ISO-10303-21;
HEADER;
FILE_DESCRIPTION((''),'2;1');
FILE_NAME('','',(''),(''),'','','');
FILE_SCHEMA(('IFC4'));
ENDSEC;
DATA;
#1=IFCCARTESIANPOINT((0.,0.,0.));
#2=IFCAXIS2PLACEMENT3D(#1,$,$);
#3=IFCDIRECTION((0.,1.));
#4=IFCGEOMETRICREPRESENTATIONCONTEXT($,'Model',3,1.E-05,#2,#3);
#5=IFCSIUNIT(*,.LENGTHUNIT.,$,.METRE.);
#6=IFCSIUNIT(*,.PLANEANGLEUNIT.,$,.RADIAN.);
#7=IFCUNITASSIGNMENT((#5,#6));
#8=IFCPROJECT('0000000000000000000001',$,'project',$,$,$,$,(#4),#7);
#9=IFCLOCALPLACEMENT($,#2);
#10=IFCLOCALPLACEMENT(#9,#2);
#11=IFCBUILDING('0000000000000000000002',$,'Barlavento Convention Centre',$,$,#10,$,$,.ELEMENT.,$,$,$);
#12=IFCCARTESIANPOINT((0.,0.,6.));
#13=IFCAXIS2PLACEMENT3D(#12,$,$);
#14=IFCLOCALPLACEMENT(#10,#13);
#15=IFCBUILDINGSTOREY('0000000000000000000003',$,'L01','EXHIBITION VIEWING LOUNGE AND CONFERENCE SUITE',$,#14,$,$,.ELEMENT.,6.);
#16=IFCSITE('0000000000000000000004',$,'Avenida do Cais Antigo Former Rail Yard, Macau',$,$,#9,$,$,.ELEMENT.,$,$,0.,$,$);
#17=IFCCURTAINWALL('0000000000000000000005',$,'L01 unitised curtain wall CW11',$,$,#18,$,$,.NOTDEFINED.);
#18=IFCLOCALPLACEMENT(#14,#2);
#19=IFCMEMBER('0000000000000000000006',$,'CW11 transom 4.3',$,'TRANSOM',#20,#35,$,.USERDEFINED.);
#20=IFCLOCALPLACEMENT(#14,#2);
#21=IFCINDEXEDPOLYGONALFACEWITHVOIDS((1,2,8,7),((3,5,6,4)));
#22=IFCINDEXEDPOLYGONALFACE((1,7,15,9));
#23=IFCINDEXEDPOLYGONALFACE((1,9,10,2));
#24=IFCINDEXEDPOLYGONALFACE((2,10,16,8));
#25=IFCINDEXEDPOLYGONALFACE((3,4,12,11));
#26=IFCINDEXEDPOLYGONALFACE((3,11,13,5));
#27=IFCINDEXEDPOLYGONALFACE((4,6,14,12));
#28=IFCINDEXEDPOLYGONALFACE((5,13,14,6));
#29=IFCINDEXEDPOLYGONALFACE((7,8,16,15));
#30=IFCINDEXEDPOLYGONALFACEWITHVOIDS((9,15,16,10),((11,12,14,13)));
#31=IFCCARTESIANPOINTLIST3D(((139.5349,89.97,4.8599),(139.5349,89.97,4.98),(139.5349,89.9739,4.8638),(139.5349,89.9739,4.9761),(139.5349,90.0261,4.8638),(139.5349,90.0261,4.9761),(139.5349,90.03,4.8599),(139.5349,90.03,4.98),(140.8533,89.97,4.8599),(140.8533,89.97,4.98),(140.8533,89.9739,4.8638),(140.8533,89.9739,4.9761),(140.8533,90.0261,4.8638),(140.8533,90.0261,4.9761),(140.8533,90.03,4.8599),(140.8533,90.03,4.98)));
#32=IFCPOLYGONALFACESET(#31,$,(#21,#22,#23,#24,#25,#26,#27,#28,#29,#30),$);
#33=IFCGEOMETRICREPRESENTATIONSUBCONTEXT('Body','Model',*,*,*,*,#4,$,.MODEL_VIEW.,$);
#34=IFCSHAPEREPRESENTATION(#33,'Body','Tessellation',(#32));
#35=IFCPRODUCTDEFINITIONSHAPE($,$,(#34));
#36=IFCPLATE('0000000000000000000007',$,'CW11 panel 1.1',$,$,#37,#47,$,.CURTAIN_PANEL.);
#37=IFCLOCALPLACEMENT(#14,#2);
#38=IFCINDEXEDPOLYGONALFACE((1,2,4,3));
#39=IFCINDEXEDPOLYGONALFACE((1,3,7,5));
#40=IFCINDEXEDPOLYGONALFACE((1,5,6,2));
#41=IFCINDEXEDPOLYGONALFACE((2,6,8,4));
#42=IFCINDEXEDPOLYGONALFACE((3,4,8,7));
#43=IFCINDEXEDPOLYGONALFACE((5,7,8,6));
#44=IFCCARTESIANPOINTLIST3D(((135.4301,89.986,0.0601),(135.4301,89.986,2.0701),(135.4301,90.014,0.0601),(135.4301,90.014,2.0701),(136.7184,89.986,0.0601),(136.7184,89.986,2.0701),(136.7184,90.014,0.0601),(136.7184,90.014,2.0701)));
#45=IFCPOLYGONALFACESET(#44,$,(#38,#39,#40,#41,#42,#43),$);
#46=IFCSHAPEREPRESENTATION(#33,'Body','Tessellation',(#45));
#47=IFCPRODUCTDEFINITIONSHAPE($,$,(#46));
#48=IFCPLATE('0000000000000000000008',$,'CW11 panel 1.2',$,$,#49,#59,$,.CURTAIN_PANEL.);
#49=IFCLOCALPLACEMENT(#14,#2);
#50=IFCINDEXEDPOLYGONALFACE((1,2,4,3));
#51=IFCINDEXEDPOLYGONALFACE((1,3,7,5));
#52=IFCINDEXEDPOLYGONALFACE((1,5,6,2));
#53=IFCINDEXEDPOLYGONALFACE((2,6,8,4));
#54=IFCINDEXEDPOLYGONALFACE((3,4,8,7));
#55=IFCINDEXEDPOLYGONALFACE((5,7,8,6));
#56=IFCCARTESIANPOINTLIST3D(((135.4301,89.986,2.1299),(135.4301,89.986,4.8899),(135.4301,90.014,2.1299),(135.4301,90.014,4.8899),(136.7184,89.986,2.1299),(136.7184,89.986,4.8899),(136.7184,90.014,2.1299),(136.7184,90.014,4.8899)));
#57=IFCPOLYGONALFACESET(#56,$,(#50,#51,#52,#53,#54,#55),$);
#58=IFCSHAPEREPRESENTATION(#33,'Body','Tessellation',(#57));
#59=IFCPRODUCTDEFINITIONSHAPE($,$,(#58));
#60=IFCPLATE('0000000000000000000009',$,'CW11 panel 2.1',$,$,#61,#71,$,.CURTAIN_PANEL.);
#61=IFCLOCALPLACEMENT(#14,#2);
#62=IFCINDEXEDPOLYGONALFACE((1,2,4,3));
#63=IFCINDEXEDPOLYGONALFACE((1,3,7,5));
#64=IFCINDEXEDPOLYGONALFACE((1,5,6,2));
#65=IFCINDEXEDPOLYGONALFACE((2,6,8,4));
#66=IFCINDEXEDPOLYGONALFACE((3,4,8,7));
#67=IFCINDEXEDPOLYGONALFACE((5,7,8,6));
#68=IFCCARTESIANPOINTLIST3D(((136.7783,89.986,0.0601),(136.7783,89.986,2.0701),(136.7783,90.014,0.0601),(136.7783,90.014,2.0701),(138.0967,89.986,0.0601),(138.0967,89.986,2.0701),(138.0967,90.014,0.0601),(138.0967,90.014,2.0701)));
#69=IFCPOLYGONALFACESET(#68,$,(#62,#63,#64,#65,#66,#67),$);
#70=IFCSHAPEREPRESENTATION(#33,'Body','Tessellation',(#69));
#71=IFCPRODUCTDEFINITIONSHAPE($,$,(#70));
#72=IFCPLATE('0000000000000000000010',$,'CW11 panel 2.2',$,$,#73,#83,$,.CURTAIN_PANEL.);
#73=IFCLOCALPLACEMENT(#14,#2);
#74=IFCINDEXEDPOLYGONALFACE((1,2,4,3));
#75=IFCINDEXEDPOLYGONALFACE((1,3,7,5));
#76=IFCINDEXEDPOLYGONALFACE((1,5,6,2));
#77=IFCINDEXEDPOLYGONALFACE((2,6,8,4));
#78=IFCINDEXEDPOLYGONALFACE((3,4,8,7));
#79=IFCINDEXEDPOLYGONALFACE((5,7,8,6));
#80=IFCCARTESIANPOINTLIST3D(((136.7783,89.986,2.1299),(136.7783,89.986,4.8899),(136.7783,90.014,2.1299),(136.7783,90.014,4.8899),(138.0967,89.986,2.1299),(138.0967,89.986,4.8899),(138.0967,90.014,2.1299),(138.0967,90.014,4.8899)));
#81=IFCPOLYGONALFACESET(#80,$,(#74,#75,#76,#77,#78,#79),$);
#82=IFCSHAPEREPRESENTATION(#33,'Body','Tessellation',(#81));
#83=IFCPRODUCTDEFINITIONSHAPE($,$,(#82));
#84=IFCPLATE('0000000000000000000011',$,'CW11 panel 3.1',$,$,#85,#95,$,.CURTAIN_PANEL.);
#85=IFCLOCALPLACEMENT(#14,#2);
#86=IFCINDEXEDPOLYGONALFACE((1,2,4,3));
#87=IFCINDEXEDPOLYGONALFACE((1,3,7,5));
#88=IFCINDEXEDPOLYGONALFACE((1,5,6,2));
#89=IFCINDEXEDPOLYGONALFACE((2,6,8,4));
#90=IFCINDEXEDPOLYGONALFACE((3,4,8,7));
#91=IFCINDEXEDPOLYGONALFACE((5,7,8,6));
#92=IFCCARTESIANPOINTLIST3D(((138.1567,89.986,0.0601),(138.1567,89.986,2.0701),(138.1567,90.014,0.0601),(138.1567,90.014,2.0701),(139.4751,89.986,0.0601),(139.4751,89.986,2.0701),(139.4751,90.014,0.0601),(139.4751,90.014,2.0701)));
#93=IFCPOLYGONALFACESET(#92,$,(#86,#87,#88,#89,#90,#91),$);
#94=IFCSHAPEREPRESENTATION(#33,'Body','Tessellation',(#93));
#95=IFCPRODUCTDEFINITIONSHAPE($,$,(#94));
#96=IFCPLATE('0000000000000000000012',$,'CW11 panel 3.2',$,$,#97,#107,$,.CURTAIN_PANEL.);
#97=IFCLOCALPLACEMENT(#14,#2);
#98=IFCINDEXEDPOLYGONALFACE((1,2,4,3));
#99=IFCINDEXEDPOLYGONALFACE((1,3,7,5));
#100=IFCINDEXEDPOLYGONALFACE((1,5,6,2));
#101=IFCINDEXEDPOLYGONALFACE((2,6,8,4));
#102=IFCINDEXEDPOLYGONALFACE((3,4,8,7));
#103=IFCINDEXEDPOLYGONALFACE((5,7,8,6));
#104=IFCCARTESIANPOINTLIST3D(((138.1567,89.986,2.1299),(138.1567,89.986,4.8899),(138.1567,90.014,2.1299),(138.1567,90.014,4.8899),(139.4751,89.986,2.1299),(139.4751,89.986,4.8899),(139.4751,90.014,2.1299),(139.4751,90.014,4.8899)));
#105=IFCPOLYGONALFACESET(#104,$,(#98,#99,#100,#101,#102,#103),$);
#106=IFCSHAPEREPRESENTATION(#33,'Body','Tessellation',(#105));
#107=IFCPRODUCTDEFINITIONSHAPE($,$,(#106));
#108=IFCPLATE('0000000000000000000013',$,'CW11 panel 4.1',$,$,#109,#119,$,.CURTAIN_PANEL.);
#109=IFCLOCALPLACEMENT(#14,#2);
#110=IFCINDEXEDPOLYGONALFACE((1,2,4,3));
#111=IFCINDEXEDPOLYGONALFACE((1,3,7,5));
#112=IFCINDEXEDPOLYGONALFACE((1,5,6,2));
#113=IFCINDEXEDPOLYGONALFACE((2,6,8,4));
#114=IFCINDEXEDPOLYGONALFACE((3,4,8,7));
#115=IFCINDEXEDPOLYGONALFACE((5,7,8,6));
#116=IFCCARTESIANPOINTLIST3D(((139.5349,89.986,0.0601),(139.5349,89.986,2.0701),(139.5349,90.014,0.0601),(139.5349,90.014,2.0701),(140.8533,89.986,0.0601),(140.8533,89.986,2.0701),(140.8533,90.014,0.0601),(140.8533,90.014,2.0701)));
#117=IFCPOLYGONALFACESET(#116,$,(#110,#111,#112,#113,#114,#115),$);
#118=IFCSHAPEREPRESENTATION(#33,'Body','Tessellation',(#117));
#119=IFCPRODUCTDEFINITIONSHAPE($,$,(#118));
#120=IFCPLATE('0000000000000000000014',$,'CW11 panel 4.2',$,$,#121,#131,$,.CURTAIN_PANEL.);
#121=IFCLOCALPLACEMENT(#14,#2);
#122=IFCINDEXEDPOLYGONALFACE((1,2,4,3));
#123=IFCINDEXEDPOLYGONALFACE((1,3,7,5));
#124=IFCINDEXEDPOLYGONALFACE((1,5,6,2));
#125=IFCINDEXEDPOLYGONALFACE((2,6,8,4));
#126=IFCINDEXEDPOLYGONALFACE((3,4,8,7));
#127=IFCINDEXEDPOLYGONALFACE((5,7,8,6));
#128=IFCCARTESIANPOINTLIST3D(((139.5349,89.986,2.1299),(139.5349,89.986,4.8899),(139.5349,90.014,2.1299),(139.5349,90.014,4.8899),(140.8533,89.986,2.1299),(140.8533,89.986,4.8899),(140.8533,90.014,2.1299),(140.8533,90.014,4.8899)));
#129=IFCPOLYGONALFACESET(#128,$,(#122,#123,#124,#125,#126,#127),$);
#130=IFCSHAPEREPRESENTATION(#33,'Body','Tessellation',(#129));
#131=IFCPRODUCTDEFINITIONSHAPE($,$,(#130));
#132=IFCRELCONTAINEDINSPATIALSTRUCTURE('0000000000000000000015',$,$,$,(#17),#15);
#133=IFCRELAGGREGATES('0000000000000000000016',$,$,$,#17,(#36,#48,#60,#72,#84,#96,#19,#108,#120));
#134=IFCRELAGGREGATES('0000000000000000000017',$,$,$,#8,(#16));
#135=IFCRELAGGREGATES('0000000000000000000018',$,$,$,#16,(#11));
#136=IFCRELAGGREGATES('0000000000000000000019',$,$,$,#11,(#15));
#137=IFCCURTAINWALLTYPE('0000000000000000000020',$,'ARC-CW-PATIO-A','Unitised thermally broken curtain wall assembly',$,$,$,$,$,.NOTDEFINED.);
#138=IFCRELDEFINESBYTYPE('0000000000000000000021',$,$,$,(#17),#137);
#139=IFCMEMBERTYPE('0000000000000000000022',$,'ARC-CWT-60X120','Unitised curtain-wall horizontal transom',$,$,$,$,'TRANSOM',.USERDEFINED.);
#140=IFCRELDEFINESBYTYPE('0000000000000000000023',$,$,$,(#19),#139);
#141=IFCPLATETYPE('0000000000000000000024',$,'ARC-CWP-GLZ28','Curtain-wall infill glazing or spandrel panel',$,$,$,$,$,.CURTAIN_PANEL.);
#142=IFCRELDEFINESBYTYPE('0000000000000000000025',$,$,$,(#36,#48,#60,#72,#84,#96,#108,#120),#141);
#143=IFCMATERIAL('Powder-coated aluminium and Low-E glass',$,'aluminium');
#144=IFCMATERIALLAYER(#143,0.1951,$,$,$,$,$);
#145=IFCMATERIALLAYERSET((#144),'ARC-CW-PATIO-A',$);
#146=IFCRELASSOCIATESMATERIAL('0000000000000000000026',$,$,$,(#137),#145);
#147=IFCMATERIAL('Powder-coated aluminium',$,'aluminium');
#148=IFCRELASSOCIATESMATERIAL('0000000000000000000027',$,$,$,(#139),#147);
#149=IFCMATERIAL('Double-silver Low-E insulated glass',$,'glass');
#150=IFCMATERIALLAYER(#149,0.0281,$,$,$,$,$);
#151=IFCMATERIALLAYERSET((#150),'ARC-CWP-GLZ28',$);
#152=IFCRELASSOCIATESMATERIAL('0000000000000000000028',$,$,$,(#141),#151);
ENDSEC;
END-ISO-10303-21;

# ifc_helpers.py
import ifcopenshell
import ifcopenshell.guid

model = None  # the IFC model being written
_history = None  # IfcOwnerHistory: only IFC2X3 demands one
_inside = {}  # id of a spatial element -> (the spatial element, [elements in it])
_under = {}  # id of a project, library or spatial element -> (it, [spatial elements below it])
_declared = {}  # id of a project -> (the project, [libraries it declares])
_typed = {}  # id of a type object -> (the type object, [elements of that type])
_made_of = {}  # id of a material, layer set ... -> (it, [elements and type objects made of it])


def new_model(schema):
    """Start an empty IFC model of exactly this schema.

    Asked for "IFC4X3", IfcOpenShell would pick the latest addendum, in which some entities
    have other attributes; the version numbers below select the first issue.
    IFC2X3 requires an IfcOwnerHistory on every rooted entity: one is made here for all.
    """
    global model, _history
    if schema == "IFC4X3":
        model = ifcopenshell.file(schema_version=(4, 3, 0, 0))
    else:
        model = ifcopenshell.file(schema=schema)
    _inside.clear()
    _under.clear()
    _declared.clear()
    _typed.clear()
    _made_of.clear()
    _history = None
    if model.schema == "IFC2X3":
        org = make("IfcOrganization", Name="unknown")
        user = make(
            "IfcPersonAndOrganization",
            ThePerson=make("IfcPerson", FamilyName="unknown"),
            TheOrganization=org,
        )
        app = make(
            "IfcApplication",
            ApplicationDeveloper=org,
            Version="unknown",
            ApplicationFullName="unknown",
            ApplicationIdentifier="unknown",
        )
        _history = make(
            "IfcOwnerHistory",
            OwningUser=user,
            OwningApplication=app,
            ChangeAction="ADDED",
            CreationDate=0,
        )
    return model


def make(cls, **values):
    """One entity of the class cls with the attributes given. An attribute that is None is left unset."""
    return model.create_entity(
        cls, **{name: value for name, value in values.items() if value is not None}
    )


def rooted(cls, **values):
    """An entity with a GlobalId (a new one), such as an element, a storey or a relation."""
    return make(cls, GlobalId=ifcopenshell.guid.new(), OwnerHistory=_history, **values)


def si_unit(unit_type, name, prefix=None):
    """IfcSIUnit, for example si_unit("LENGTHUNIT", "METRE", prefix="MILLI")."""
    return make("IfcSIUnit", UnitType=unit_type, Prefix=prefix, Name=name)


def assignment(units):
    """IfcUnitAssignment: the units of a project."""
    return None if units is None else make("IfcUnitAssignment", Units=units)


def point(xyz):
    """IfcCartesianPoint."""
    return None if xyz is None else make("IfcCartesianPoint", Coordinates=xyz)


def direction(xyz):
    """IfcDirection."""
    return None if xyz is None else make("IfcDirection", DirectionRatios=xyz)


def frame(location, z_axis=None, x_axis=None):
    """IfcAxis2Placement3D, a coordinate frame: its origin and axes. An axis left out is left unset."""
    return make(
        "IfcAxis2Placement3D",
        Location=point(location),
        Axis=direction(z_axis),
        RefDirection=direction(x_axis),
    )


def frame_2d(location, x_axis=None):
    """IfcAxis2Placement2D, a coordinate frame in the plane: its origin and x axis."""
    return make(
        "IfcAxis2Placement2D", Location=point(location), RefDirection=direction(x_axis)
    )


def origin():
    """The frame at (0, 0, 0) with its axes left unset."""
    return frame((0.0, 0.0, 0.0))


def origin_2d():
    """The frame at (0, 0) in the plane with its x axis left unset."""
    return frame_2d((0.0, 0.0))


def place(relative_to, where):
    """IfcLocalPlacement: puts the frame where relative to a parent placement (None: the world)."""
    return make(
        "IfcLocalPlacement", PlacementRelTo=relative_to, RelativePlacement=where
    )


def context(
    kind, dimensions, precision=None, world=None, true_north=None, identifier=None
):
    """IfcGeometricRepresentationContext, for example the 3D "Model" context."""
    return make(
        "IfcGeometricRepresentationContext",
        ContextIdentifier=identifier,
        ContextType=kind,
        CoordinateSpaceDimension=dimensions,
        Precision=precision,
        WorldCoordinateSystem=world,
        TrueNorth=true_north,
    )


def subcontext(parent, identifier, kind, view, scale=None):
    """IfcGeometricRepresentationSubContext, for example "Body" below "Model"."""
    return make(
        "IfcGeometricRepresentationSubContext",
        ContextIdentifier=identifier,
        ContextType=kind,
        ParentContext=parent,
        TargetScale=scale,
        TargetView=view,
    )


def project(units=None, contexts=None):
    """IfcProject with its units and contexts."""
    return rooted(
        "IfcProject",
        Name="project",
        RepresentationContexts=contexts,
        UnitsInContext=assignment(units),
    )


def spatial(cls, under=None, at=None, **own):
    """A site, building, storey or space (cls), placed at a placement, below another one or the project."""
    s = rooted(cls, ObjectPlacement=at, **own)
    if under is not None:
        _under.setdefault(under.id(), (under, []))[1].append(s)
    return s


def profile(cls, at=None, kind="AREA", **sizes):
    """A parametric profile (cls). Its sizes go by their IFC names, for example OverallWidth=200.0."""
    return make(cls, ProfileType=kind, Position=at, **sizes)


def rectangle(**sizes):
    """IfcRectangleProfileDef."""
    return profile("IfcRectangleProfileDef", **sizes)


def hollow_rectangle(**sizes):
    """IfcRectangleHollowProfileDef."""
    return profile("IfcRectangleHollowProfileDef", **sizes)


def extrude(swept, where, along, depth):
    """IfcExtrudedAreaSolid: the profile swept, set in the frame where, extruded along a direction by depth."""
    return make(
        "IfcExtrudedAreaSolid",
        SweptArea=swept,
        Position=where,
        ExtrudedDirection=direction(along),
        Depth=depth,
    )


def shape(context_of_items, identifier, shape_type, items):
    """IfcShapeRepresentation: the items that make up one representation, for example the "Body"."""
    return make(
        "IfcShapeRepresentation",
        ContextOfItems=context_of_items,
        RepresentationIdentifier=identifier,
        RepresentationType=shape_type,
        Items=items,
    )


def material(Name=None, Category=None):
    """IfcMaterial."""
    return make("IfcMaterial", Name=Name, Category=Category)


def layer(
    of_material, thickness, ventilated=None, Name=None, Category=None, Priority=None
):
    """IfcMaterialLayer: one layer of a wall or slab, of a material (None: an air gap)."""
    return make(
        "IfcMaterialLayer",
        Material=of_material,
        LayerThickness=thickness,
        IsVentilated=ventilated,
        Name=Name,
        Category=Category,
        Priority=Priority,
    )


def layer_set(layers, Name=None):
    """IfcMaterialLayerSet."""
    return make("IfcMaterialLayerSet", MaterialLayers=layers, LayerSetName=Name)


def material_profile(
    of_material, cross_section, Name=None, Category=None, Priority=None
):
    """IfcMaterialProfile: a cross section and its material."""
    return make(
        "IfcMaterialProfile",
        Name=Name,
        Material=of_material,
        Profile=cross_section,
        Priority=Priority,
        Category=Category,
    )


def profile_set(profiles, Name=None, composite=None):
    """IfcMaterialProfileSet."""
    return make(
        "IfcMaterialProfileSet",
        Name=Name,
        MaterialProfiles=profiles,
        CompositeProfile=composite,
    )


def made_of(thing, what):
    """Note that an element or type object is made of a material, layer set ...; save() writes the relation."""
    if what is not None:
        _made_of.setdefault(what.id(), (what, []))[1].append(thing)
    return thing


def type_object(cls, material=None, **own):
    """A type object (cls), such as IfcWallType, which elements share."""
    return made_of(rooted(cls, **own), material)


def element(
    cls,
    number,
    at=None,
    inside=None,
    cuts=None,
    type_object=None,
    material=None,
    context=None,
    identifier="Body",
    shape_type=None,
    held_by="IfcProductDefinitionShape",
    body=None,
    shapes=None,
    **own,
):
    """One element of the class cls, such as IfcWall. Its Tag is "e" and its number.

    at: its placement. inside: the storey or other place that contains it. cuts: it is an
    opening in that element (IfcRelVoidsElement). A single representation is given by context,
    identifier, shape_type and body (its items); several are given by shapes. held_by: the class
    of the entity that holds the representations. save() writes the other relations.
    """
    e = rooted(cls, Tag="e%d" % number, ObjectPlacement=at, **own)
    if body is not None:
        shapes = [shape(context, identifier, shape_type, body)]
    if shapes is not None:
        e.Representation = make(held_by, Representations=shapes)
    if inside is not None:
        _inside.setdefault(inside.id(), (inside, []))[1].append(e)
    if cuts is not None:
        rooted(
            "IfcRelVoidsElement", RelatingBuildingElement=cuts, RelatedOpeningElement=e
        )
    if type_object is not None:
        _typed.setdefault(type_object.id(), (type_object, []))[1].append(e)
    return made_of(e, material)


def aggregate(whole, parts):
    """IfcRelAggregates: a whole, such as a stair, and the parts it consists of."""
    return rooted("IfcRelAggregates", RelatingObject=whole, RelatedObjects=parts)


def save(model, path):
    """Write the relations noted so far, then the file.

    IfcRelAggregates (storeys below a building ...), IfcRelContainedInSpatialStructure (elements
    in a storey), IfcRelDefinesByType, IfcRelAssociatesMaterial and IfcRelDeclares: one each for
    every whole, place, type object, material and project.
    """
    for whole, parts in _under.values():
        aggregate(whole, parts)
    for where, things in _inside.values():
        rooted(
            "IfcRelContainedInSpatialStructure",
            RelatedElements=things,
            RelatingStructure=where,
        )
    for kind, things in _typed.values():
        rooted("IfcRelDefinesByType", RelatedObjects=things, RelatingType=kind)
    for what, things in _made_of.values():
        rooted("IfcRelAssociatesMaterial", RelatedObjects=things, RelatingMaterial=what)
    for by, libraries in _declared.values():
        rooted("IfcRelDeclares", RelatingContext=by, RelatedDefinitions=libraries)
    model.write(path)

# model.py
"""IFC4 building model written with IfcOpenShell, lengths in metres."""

from ifc_helpers import new_model, si_unit, direction, frame, origin, origin_2d, place, context, subcontext, project, spatial, rectangle, hollow_rectangle, extrude, material, layer, layer_set, material_profile, profile_set, type_object, element, aggregate, save


model = new_model("IFC4")

# Units and contexts
model_context = context("Model", 3, precision=1e-05, world=origin(), true_north=direction((0.0, 1.0)))
body_context = subcontext(model_context, "Body", "Model", "MODEL_VIEW")
ifc_project = project(units=[si_unit("LENGTHUNIT", "METRE"), si_unit("PLANEANGLEUNIT", "RADIAN")], contexts=[model_context])

# Site, building, storey
site_placement = place(None, origin())
site = spatial("IfcSite", under=ifc_project, at=site_placement, Name="Avenida do Cais Antigo Former Rail Yard, Macau", CompositionType="ELEMENT", RefElevation=0.0)
building_placement = place(site_placement, origin())
building = spatial("IfcBuilding", under=site, at=building_placement, Name="Barlavento Convention Centre", CompositionType="ELEMENT")
storey_placement = place(building_placement, frame((0.0, 0.0, 6.0)))
storey = spatial("IfcBuildingStorey", under=building, at=storey_placement, Name="L01", Description="EXHIBITION VIEWING LOUNGE AND CONFERENCE SUITE", CompositionType="ELEMENT", Elevation=6.0)

# Curtain wall, member, plates
ifc_material_1 = material(Name="Powder-coated aluminium and Low-E glass", Category="aluminium")
ifc_layer_1 = layer(ifc_material_1, 0.1951)
ifc_layer_set_1 = layer_set([ifc_layer_1], Name="ARC-CW-PATIO-A")
curtain_wall_type = type_object("IfcCurtainWallType", Name="ARC-CW-PATIO-A", Description="Unitised thermally broken curtain wall assembly", PredefinedType="NOTDEFINED", material=ifc_layer_set_1)
curtain_wall_placement = place(storey_placement, origin())
curtain_wall = element("IfcCurtainWall", 1, at=curtain_wall_placement, inside=storey, type_object=curtain_wall_type, Name="L01 unitised curtain wall CW11", PredefinedType="NOTDEFINED")
ifc_material_2 = material(Name="Powder-coated aluminium", Category="aluminium")
ifc_material_profile_1 = material_profile(ifc_material_2, hollow_rectangle(XDim=0.0601, YDim=0.1201, WallThickness=0.0039, at=origin_2d()), Name="AL-TRAN 60x120x4")
ifc_profile_set_1 = profile_set([ifc_material_profile_1], Name="Powder-coated aluminium")
member_type_1 = type_object("IfcMemberType", Name="ARC-CWT-60X120", Description="Unitised curtain-wall horizontal transom", ElementType="TRANSOM", PredefinedType="USERDEFINED", material=ifc_profile_set_1)
member_1_placement = place(storey_placement, frame((139.5349, 90.0, 4.9199), z_axis=(1.0, 0.0, 0.0), x_axis=(0.0, 1.0, 0.0)))
member_1 = element("IfcMember", 2, at=member_1_placement, type_object=member_type_1, Name="CW11 transom 4.3", ObjectType="TRANSOM", PredefinedType="USERDEFINED", context=body_context, shape_type="SweptSolid", body=[
    extrude(hollow_rectangle(XDim=0.0601, YDim=0.1201, WallThickness=0.0039, at=origin_2d()), origin(), (0.0, 0.0, 1.0), 1.3184),
])
ifc_material_3 = material(Name="Double-silver Low-E insulated glass", Category="glass")
ifc_layer_2 = layer(ifc_material_3, 0.0281)
ifc_layer_set_2 = layer_set([ifc_layer_2], Name="ARC-CWP-GLZ28")
plate_type = type_object("IfcPlateType", Name="ARC-CWP-GLZ28", Description="Curtain-wall infill glazing or spandrel panel", PredefinedType="CURTAIN_PANEL", material=ifc_layer_set_2)
plate_1_placement = place(storey_placement, frame((136.0742, 90.0, 0.0601), z_axis=(0.0, 0.0, 1.0), x_axis=(1.0, 0.0, 0.0)))
plate_1 = element("IfcPlate", 3, at=plate_1_placement, type_object=plate_type, Name="CW11 panel 1.1", PredefinedType="CURTAIN_PANEL", context=body_context, shape_type="SweptSolid", body=[
    extrude(rectangle(XDim=1.2883, YDim=0.0281, at=origin_2d()), origin(), (0.0, 0.0, 1.0), 2.01),
])
plate_2_placement = place(storey_placement, frame((136.0742, 90.0, 2.1299), z_axis=(0.0, 0.0, 1.0), x_axis=(1.0, 0.0, 0.0)))
plate_2 = element("IfcPlate", 4, at=plate_2_placement, type_object=plate_type, Name="CW11 panel 1.2", PredefinedType="CURTAIN_PANEL", context=body_context, shape_type="SweptSolid", body=[
    extrude(rectangle(XDim=1.2883, YDim=0.0281, at=origin_2d()), origin(), (0.0, 0.0, 1.0), 2.76),
])
plate_3_placement = place(storey_placement, frame((137.4375, 90.0, 0.0601), z_axis=(0.0, 0.0, 1.0), x_axis=(1.0, 0.0, 0.0)))
plate_3 = element("IfcPlate", 5, at=plate_3_placement, type_object=plate_type, Name="CW11 panel 2.1", PredefinedType="CURTAIN_PANEL", context=body_context, shape_type="SweptSolid", body=[
    extrude(rectangle(XDim=1.3184, YDim=0.0281, at=origin_2d()), origin(), (0.0, 0.0, 1.0), 2.01),
])
plate_4_placement = place(storey_placement, frame((137.4375, 90.0, 2.1299), z_axis=(0.0, 0.0, 1.0), x_axis=(1.0, 0.0, 0.0)))
plate_4 = element("IfcPlate", 6, at=plate_4_placement, type_object=plate_type, Name="CW11 panel 2.2", PredefinedType="CURTAIN_PANEL", context=body_context, shape_type="SweptSolid", body=[
    extrude(rectangle(XDim=1.3184, YDim=0.0281, at=origin_2d()), origin(), (0.0, 0.0, 1.0), 2.76),
])
plate_5_placement = place(storey_placement, frame((138.8159, 90.0, 0.0601), z_axis=(0.0, 0.0, 1.0), x_axis=(1.0, 0.0, 0.0)))
plate_5 = element("IfcPlate", 7, at=plate_5_placement, type_object=plate_type, Name="CW11 panel 3.1", PredefinedType="CURTAIN_PANEL", context=body_context, shape_type="SweptSolid", body=[
    extrude(rectangle(XDim=1.3184, YDim=0.0281, at=origin_2d()), origin(), (0.0, 0.0, 1.0), 2.01),
])
plate_6_placement = place(storey_placement, frame((138.8159, 90.0, 2.1299), z_axis=(0.0, 0.0, 1.0), x_axis=(1.0, 0.0, 0.0)))
plate_6 = element("IfcPlate", 8, at=plate_6_placement, type_object=plate_type, Name="CW11 panel 3.2", PredefinedType="CURTAIN_PANEL", context=body_context, shape_type="SweptSolid", body=[
    extrude(rectangle(XDim=1.3184, YDim=0.0281, at=origin_2d()), origin(), (0.0, 0.0, 1.0), 2.76),
])
plate_7_placement = place(storey_placement, frame((140.1941, 90.0, 0.0601), z_axis=(0.0, 0.0, 1.0), x_axis=(1.0, 0.0, 0.0)))
plate_7 = element("IfcPlate", 9, at=plate_7_placement, type_object=plate_type, Name="CW11 panel 4.1", PredefinedType="CURTAIN_PANEL", context=body_context, shape_type="SweptSolid", body=[
    extrude(rectangle(XDim=1.3184, YDim=0.0281, at=origin_2d()), origin(), (0.0, 0.0, 1.0), 2.01),
])
plate_8_placement = place(storey_placement, frame((140.1941, 90.0, 2.1299), z_axis=(0.0, 0.0, 1.0), x_axis=(1.0, 0.0, 0.0)))
plate_8 = element("IfcPlate", 10, at=plate_8_placement, type_object=plate_type, Name="CW11 panel 4.2", PredefinedType="CURTAIN_PANEL", context=body_context, shape_type="SweptSolid", body=[
    extrude(rectangle(XDim=1.3184, YDim=0.0281, at=origin_2d()), origin(), (0.0, 0.0, 1.0), 2.76),
])
aggregate(curtain_wall, [plate_1, plate_2, plate_3, plate_4, plate_5, plate_6, member_1, plate_7, plate_8])

save(model, "model.ifc")
